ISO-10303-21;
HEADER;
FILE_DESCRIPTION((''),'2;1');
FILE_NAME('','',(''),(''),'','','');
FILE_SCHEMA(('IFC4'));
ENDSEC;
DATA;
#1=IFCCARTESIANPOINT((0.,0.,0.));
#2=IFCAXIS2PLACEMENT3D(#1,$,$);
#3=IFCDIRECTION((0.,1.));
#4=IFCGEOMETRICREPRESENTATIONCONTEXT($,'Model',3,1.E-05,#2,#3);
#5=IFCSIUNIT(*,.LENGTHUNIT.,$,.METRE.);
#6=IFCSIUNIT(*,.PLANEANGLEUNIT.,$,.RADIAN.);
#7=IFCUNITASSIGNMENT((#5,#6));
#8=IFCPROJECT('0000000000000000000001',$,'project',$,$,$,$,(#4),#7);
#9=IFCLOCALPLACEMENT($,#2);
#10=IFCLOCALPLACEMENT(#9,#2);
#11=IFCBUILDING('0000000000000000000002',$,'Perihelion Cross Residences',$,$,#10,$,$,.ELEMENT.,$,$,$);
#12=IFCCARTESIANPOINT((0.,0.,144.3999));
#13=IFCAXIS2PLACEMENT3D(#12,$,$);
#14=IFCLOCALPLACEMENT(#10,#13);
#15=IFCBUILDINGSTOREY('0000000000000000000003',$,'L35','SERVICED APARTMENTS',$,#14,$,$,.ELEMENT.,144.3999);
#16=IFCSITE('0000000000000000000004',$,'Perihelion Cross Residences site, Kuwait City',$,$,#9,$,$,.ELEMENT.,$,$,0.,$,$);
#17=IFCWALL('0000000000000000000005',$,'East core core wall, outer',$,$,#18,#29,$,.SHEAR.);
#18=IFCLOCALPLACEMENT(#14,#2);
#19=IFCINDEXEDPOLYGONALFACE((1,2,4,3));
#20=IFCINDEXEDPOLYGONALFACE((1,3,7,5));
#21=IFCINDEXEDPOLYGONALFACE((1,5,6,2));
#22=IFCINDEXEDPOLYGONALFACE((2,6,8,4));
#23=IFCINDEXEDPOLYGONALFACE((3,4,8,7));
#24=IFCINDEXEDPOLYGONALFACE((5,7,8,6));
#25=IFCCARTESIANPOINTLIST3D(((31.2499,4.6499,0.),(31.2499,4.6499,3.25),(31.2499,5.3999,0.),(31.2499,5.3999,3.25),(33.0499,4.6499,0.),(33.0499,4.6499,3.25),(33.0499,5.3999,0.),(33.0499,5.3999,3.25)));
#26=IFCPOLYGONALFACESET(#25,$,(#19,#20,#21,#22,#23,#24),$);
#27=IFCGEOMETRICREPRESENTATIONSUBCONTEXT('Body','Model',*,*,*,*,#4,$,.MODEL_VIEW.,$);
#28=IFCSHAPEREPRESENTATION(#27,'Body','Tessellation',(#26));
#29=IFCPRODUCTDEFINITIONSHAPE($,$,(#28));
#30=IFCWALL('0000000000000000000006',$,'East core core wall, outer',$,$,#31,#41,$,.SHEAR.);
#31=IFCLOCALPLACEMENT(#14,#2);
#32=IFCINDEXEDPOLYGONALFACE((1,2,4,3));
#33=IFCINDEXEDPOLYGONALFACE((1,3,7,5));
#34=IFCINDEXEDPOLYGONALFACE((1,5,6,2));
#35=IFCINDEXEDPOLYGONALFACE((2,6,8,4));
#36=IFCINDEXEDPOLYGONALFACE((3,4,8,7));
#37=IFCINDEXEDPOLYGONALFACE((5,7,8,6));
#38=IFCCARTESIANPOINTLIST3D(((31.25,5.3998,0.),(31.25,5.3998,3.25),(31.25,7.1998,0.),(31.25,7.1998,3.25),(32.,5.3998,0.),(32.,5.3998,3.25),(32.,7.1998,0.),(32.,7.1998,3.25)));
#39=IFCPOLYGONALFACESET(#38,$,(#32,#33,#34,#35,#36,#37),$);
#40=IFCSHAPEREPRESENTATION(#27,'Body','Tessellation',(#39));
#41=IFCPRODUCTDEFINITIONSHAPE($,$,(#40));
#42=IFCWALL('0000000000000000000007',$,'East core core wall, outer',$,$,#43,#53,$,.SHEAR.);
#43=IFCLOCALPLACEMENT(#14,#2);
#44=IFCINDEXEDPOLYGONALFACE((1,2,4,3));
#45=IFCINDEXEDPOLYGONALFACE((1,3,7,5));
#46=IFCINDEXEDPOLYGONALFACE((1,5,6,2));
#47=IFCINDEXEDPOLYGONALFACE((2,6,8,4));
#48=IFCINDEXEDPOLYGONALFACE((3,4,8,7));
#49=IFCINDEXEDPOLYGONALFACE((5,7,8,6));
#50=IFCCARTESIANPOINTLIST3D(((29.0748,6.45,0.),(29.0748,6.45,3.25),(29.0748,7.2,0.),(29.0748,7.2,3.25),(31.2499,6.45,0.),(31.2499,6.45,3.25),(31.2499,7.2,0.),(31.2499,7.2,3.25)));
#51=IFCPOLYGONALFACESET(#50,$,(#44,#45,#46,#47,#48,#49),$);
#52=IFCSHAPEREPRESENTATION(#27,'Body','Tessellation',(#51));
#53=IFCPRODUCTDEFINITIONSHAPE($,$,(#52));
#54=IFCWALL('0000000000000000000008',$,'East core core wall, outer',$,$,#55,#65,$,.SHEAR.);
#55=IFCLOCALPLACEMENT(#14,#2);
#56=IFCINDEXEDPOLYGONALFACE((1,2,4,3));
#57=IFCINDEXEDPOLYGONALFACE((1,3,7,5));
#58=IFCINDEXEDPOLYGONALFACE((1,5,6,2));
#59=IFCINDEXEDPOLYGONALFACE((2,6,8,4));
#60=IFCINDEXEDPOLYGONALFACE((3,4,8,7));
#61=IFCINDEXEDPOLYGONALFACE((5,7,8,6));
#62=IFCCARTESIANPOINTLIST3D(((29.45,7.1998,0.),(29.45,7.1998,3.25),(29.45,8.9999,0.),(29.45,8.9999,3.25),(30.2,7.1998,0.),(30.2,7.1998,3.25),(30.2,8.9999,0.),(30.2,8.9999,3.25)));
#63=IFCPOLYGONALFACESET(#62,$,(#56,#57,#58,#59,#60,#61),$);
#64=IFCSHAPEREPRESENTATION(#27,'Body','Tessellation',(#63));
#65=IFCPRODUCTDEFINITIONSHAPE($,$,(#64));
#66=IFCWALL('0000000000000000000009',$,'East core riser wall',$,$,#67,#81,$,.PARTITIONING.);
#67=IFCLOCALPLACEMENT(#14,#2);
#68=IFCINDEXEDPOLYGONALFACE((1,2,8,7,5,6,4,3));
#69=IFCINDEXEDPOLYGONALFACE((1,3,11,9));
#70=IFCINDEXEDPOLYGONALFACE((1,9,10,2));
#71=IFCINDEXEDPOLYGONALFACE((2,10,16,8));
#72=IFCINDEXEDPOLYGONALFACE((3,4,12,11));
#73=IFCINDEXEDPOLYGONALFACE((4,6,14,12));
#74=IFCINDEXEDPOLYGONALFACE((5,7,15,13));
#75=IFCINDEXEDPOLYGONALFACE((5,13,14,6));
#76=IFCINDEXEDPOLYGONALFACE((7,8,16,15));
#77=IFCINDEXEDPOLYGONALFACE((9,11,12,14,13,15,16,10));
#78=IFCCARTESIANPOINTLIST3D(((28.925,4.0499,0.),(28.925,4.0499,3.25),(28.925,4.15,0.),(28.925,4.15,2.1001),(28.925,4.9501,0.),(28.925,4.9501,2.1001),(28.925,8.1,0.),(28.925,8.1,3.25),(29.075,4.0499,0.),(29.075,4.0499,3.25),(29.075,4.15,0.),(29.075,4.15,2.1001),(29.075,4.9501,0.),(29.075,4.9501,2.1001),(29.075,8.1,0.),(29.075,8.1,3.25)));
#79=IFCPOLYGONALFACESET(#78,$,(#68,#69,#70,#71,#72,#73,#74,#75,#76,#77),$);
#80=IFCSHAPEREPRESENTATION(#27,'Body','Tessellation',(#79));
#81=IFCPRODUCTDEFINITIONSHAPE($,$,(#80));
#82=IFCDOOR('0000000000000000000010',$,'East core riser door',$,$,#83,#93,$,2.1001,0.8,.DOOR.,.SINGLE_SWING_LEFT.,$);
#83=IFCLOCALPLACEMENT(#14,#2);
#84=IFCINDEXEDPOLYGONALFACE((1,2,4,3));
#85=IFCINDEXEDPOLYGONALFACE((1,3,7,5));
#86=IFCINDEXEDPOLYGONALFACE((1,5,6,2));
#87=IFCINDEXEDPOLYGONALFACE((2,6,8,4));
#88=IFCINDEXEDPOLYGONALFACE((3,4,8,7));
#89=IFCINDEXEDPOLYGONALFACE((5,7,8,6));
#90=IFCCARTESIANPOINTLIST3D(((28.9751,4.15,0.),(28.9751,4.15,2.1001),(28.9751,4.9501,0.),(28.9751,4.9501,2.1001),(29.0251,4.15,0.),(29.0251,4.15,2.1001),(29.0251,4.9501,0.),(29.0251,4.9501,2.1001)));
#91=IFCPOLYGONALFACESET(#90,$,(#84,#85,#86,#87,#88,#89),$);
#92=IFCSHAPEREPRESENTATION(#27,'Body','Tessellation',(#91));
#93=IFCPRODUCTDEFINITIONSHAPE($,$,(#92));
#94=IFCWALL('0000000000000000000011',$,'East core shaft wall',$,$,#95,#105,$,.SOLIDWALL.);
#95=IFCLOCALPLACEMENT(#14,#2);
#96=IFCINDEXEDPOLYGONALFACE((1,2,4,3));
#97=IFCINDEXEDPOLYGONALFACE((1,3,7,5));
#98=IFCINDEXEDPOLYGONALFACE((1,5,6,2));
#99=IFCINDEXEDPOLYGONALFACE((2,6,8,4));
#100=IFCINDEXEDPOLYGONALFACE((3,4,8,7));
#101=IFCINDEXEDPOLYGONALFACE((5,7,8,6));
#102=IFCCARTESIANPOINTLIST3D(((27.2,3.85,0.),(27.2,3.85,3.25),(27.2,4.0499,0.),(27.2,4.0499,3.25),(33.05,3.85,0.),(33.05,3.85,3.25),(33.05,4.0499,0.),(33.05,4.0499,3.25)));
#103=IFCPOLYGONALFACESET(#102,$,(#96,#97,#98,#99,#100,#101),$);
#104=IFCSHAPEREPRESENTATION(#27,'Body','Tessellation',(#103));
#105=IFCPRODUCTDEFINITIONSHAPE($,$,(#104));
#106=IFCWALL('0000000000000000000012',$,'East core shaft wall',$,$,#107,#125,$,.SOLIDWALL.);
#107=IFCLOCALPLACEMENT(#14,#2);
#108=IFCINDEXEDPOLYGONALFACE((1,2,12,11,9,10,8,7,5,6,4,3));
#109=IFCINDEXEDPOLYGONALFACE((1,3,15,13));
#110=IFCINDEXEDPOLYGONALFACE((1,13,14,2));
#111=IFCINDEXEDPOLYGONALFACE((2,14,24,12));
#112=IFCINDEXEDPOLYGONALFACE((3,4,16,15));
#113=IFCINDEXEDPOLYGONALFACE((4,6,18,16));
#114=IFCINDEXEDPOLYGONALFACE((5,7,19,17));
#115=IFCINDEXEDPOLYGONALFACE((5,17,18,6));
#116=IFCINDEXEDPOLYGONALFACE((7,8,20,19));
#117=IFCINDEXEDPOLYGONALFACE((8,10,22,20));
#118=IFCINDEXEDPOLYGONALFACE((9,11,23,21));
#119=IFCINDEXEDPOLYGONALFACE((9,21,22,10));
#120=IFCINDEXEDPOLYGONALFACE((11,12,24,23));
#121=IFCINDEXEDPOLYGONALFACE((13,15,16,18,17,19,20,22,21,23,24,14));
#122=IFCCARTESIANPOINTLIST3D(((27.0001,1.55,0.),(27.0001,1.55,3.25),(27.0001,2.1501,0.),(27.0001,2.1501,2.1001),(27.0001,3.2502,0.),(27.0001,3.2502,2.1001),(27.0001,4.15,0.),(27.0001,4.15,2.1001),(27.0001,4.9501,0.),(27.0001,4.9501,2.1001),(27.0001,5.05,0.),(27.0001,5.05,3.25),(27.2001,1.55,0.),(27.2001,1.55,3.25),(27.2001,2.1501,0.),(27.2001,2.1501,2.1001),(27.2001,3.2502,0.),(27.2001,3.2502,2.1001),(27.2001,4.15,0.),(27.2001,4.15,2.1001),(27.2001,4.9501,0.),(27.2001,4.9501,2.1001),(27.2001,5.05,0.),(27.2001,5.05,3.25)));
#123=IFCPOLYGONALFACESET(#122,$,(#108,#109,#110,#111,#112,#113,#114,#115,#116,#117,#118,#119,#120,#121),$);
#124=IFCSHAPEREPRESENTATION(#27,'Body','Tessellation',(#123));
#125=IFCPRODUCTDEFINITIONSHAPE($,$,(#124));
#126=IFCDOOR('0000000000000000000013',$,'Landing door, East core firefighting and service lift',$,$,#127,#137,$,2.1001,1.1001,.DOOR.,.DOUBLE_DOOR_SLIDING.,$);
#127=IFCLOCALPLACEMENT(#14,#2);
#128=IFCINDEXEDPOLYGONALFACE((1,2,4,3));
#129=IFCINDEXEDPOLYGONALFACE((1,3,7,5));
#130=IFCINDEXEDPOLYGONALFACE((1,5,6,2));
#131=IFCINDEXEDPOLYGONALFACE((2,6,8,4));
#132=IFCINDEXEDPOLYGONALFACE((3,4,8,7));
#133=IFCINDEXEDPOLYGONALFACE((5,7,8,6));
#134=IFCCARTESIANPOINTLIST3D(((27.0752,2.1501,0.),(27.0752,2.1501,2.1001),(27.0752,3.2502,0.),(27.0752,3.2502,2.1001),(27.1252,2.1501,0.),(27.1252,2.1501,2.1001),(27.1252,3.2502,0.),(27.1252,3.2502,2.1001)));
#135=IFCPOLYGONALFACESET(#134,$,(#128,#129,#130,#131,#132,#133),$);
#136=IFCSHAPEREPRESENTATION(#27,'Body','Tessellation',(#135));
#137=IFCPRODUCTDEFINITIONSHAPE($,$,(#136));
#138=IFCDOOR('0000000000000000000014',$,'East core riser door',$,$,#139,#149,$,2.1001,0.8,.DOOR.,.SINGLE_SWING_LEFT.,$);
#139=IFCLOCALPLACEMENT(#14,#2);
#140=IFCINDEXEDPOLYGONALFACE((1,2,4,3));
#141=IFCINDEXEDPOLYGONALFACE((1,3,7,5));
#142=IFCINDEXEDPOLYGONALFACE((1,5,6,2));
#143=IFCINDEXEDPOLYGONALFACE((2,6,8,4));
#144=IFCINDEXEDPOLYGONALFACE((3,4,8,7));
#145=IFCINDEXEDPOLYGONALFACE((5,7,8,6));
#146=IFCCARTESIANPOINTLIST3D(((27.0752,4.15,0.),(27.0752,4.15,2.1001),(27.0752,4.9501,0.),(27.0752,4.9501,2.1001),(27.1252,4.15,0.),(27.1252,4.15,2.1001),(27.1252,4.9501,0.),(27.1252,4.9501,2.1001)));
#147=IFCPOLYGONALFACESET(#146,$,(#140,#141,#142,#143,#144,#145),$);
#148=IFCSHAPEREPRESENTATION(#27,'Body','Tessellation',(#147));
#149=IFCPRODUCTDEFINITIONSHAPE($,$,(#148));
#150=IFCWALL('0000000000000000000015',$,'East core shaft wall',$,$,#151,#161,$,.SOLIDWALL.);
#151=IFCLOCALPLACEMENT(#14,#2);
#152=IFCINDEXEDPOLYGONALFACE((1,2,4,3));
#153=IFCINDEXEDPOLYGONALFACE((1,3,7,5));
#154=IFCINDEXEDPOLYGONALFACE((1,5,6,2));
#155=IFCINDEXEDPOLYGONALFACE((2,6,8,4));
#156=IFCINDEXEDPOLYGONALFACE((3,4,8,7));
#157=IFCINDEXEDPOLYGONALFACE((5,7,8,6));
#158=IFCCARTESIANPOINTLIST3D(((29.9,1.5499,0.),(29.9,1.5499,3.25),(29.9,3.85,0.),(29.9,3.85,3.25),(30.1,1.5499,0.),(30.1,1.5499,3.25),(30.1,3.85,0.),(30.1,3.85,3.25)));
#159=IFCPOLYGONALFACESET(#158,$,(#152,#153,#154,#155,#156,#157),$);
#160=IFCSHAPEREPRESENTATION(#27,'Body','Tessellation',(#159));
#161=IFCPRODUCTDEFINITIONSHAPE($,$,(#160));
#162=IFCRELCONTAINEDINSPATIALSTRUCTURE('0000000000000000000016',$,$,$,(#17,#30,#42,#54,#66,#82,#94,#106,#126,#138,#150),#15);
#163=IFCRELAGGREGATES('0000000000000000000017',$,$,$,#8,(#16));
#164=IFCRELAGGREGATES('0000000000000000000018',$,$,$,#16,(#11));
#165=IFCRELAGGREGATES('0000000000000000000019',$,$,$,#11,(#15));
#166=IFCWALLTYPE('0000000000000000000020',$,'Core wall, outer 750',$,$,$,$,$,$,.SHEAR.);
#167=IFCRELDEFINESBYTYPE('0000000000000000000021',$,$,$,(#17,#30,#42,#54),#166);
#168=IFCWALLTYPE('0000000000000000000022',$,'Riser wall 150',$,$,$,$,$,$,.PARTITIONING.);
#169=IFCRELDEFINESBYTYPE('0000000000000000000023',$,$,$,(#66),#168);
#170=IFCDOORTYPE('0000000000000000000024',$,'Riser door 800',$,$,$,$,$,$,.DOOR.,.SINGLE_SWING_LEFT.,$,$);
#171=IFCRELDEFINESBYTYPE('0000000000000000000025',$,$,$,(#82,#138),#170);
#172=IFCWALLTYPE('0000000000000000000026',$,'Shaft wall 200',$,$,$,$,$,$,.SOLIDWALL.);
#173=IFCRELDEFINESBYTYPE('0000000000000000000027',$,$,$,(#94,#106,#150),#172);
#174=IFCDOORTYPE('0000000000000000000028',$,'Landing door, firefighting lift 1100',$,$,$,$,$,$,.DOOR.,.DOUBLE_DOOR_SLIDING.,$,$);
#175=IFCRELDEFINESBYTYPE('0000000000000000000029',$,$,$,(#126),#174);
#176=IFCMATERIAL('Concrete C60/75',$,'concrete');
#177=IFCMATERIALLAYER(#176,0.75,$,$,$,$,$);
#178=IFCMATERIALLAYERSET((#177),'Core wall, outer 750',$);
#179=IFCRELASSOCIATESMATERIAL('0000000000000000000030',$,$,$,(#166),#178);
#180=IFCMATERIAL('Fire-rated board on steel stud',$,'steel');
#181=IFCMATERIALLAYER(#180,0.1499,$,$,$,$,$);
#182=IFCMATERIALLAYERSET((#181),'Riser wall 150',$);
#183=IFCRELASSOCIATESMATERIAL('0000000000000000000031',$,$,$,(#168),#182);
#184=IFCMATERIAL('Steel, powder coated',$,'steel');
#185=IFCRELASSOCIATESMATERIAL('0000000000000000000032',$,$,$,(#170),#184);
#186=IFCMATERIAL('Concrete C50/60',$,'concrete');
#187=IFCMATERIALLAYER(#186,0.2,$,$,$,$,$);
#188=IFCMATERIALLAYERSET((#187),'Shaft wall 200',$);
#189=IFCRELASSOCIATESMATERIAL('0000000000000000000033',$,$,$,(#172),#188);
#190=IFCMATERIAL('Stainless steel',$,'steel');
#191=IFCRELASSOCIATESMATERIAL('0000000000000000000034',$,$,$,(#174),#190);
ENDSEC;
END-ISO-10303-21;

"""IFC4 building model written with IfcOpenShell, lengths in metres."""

from ifc_helpers import new_model, si_unit, direction, frame, frame_2d, origin, place, context, subcontext, project, spatial, rectangle, extrude, material, layer, layer_set, type_object, element, fill, save


model = new_model("IFC4")

# Units and contexts
model_context = context("Model", 3, precision=1e-05, world=origin(), true_north=direction((0.0, 1.0)))
body_context = subcontext(model_context, "Body", "Model", "MODEL_VIEW")
ifc_project = project(units=[si_unit("LENGTHUNIT", "METRE"), si_unit("PLANEANGLEUNIT", "RADIAN")], contexts=[model_context])

# Site, building, storey
site_placement = place(None, origin())
site = spatial("IfcSite", under=ifc_project, at=site_placement, Name="Perihelion Cross Residences site, Kuwait City", CompositionType="ELEMENT", RefElevation=0.0)
building_placement = place(site_placement, origin())
building = spatial("IfcBuilding", under=site, at=building_placement, Name="Perihelion Cross Residences", CompositionType="ELEMENT")
storey_placement = place(building_placement, frame((0.0, 0.0, 144.3999)))
storey = spatial("IfcBuildingStorey", under=building, at=storey_placement, Name="L35", Description="SERVICED APARTMENTS", CompositionType="ELEMENT", Elevation=144.3999)

# Walls
ifc_material_1 = material(Name="Concrete C60/75", Category="concrete")
ifc_layer_1 = layer(ifc_material_1, 0.75)
ifc_layer_set_1 = layer_set([ifc_layer_1], Name="Core wall, outer 750")
wall_type_1 = type_object("IfcWallType", Name="Core wall, outer 750", PredefinedType="SHEAR", material=ifc_layer_set_1)
for number, where, z_axis, x_axis, name in (
    (1, (31.25, 5.0249, 0.0), (0.0, 0.0, 1.0), (1.0, 0.0, 0.0), "East core core wall, outer"),
    (2, (31.625, 5.3999, 0.0), (0.0, 0.0, 1.0), (0.0, 1.0, 0.0), "East core core wall, outer"),
):
    element("IfcWall", number, at=place(storey_placement, frame(where, z_axis=z_axis, x_axis=x_axis)), inside=storey, type_object=wall_type_1, Name=name, PredefinedType="SHEAR", context=body_context, shape_type="SweptSolid", body=[
        extrude(rectangle(XDim=1.8, YDim=0.75, at=frame_2d((0.8999, 0.0))), origin(), (0.0, 0.0, 1.0), 3.25),
    ])
wall_1_placement = place(storey_placement, frame((29.075, 6.825, 0.0), z_axis=(0.0, 0.0, 1.0), x_axis=(1.0, 0.0, 0.0)))
element("IfcWall", 3, at=wall_1_placement, inside=storey, type_object=wall_type_1, Name="East core core wall, outer", PredefinedType="SHEAR", context=body_context, shape_type="SweptSolid", body=[
    extrude(rectangle(XDim=2.175, YDim=0.75, at=frame_2d((1.0874, 0.0))), origin(), (0.0, 0.0, 1.0), 3.25),
])
wall_2_placement = place(storey_placement, frame((29.825, 7.2, 0.0), z_axis=(0.0, 0.0, 1.0), x_axis=(0.0, 1.0, 0.0)))
element("IfcWall", 4, at=wall_2_placement, inside=storey, type_object=wall_type_1, Name="East core core wall, outer", PredefinedType="SHEAR", context=body_context, shape_type="SweptSolid", body=[
    extrude(rectangle(XDim=1.8, YDim=0.75, at=frame_2d((0.8999, 0.0))), origin(), (0.0, 0.0, 1.0), 3.25),
])

# Wall, opening, door
ifc_material_2 = material(Name="Fire-rated board on steel stud", Category="steel")
ifc_layer_2 = layer(ifc_material_2, 0.1499)
ifc_layer_set_2 = layer_set([ifc_layer_2], Name="Riser wall 150")
wall_type_2 = type_object("IfcWallType", Name="Riser wall 150", PredefinedType="PARTITIONING", material=ifc_layer_set_2)
wall_3_placement = place(storey_placement, frame((29.0, 4.05, 0.0), z_axis=(0.0, 0.0, 1.0), x_axis=(0.0, 1.0, 0.0)))
wall_3 = element("IfcWall", 5, at=wall_3_placement, inside=storey, type_object=wall_type_2, Name="East core riser wall", PredefinedType="PARTITIONING", context=body_context, shape_type="SweptSolid", body=[
    extrude(rectangle(XDim=4.05, YDim=0.1499, at=frame_2d((2.0249, 0.0))), origin(), (0.0, 0.0, 1.0), 3.25),
])
opening_1_placement = place(wall_3_placement, frame((0.1001, 0.0, 0.0)))
opening_1 = element("IfcOpeningElement", 6, at=opening_1_placement, cuts=wall_3, PredefinedType="OPENING", context=body_context, shape_type="SweptSolid", body=[
    extrude(rectangle(XDim=0.8, YDim=2.1001, at=frame_2d((0.3999, 1.05))), frame((0.0, 0.085, 0.0), z_axis=(0.0, -1.0, 0.0), x_axis=(1.0, 0.0, 0.0)), (0.0, 0.0, 1.0), 0.1699),
])
ifc_material_3 = material(Name="Steel, powder coated", Category="steel")
door_type_1 = type_object("IfcDoorType", Name="Riser door 800", OperationType="SINGLE_SWING_LEFT", PredefinedType="DOOR", material=ifc_material_3)
door_1_placement = place(opening_1_placement, origin())
door_1 = element("IfcDoor", 7, at=door_1_placement, inside=storey, type_object=door_type_1, Name="East core riser door", OperationType="SINGLE_SWING_LEFT", OverallHeight=2.1001, OverallWidth=0.8, PredefinedType="DOOR", context=body_context, shape_type="SweptSolid", body=[
    extrude(rectangle(XDim=0.8, YDim=2.1001, at=frame_2d((0.3999, 1.05))), frame((0.0, 0.0249, 0.0), z_axis=(0.0, -1.0, 0.0), x_axis=(1.0, 0.0, 0.0)), (0.0, 0.0, 1.0), 0.05),
])
fill(opening_1, door_1)

# Wall
ifc_material_4 = material(Name="Concrete C50/60", Category="concrete")
ifc_layer_3 = layer(ifc_material_4, 0.2)
ifc_layer_set_3 = layer_set([ifc_layer_3], Name="Shaft wall 200")
wall_type_3 = type_object("IfcWallType", Name="Shaft wall 200", PredefinedType="SOLIDWALL", material=ifc_layer_set_3)
wall_4_placement = place(storey_placement, frame((27.2, 3.95, 0.0), z_axis=(0.0, 0.0, 1.0), x_axis=(1.0, 0.0, 0.0)))
element("IfcWall", 8, at=wall_4_placement, inside=storey, type_object=wall_type_3, Name="East core shaft wall", PredefinedType="SOLIDWALL", context=body_context, shape_type="SweptSolid", body=[
    extrude(rectangle(XDim=5.8501, YDim=0.2, at=frame_2d((2.925, 0.0))), origin(), (0.0, 0.0, 1.0), 3.25),
])

# Wall, openings, doors
wall_5_placement = place(storey_placement, frame((27.1001, 1.55, 0.0), z_axis=(0.0, 0.0, 1.0), x_axis=(0.0, 1.0, 0.0)))
wall_5 = element("IfcWall", 9, at=wall_5_placement, inside=storey, type_object=wall_type_3, Name="East core shaft wall", PredefinedType="SOLIDWALL", context=body_context, shape_type="SweptSolid", body=[
    extrude(rectangle(XDim=3.5, YDim=0.2, at=frame_2d((1.75, 0.0))), origin(), (0.0, 0.0, 1.0), 3.25),
])
opening_2_placement = place(wall_5_placement, frame((0.6001, 0.0, 0.0)))
opening_2 = element("IfcOpeningElement", 10, at=opening_2_placement, cuts=wall_5, PredefinedType="OPENING", context=body_context, shape_type="SweptSolid", body=[
    extrude(rectangle(XDim=1.1001, YDim=2.1001, at=frame_2d((0.55, 1.05))), frame((0.0, 0.1099, 0.0), z_axis=(0.0, -1.0, 0.0), x_axis=(1.0, 0.0, 0.0)), (0.0, 0.0, 1.0), 0.22),
])
opening_3_placement = place(wall_5_placement, frame((2.6001, 0.0, 0.0)))
opening_3 = element("IfcOpeningElement", 11, at=opening_3_placement, cuts=wall_5, PredefinedType="OPENING", context=body_context, shape_type="SweptSolid", body=[
    extrude(rectangle(XDim=0.8, YDim=2.1001, at=frame_2d((0.3999, 1.05))), frame((0.0, 0.1099, 0.0), z_axis=(0.0, -1.0, 0.0), x_axis=(1.0, 0.0, 0.0)), (0.0, 0.0, 1.0), 0.22),
])
ifc_material_5 = material(Name="Stainless steel", Category="steel")
door_type_2 = type_object("IfcDoorType", Name="Landing door, firefighting lift 1100", OperationType="DOUBLE_DOOR_SLIDING", PredefinedType="DOOR", material=ifc_material_5)
door_2_placement = place(opening_2_placement, origin())
door_2 = element("IfcDoor", 12, at=door_2_placement, inside=storey, type_object=door_type_2, Name="Landing door, East core firefighting and service lift", OperationType="DOUBLE_DOOR_SLIDING", OverallHeight=2.1001, OverallWidth=1.1001, PredefinedType="DOOR", context=body_context, shape_type="SweptSolid", body=[
    extrude(rectangle(XDim=1.1001, YDim=2.1001, at=frame_2d((0.55, 1.05))), frame((0.0, 0.0249, 0.0), z_axis=(0.0, -1.0, 0.0), x_axis=(1.0, 0.0, 0.0)), (0.0, 0.0, 1.0), 0.05),
])
fill(opening_2, door_2)
door_3_placement = place(opening_3_placement, origin())
door_3 = element("IfcDoor", 13, at=door_3_placement, inside=storey, type_object=door_type_1, Name="East core riser door", OperationType="SINGLE_SWING_LEFT", OverallHeight=2.1001, OverallWidth=0.8, PredefinedType="DOOR", context=body_context, shape_type="SweptSolid", body=[
    extrude(rectangle(XDim=0.8, YDim=2.1001, at=frame_2d((0.3999, 1.05))), frame((0.0, 0.0249, 0.0), z_axis=(0.0, -1.0, 0.0), x_axis=(1.0, 0.0, 0.0)), (0.0, 0.0, 1.0), 0.05),
])
fill(opening_3, door_3)

# Wall
wall_6_placement = place(storey_placement, frame((30.0, 1.55, 0.0), z_axis=(0.0, 0.0, 1.0), x_axis=(0.0, 1.0, 0.0)))
element("IfcWall", 14, at=wall_6_placement, inside=storey, type_object=wall_type_3, Name="East core shaft wall", PredefinedType="SOLIDWALL", context=body_context, shape_type="SweptSolid", body=[
    extrude(rectangle(XDim=2.3, YDim=0.2, at=frame_2d((1.1499, 0.0))), origin(), (0.0, 0.0, 1.0), 3.25),
])

save(model, "model.ifc")
